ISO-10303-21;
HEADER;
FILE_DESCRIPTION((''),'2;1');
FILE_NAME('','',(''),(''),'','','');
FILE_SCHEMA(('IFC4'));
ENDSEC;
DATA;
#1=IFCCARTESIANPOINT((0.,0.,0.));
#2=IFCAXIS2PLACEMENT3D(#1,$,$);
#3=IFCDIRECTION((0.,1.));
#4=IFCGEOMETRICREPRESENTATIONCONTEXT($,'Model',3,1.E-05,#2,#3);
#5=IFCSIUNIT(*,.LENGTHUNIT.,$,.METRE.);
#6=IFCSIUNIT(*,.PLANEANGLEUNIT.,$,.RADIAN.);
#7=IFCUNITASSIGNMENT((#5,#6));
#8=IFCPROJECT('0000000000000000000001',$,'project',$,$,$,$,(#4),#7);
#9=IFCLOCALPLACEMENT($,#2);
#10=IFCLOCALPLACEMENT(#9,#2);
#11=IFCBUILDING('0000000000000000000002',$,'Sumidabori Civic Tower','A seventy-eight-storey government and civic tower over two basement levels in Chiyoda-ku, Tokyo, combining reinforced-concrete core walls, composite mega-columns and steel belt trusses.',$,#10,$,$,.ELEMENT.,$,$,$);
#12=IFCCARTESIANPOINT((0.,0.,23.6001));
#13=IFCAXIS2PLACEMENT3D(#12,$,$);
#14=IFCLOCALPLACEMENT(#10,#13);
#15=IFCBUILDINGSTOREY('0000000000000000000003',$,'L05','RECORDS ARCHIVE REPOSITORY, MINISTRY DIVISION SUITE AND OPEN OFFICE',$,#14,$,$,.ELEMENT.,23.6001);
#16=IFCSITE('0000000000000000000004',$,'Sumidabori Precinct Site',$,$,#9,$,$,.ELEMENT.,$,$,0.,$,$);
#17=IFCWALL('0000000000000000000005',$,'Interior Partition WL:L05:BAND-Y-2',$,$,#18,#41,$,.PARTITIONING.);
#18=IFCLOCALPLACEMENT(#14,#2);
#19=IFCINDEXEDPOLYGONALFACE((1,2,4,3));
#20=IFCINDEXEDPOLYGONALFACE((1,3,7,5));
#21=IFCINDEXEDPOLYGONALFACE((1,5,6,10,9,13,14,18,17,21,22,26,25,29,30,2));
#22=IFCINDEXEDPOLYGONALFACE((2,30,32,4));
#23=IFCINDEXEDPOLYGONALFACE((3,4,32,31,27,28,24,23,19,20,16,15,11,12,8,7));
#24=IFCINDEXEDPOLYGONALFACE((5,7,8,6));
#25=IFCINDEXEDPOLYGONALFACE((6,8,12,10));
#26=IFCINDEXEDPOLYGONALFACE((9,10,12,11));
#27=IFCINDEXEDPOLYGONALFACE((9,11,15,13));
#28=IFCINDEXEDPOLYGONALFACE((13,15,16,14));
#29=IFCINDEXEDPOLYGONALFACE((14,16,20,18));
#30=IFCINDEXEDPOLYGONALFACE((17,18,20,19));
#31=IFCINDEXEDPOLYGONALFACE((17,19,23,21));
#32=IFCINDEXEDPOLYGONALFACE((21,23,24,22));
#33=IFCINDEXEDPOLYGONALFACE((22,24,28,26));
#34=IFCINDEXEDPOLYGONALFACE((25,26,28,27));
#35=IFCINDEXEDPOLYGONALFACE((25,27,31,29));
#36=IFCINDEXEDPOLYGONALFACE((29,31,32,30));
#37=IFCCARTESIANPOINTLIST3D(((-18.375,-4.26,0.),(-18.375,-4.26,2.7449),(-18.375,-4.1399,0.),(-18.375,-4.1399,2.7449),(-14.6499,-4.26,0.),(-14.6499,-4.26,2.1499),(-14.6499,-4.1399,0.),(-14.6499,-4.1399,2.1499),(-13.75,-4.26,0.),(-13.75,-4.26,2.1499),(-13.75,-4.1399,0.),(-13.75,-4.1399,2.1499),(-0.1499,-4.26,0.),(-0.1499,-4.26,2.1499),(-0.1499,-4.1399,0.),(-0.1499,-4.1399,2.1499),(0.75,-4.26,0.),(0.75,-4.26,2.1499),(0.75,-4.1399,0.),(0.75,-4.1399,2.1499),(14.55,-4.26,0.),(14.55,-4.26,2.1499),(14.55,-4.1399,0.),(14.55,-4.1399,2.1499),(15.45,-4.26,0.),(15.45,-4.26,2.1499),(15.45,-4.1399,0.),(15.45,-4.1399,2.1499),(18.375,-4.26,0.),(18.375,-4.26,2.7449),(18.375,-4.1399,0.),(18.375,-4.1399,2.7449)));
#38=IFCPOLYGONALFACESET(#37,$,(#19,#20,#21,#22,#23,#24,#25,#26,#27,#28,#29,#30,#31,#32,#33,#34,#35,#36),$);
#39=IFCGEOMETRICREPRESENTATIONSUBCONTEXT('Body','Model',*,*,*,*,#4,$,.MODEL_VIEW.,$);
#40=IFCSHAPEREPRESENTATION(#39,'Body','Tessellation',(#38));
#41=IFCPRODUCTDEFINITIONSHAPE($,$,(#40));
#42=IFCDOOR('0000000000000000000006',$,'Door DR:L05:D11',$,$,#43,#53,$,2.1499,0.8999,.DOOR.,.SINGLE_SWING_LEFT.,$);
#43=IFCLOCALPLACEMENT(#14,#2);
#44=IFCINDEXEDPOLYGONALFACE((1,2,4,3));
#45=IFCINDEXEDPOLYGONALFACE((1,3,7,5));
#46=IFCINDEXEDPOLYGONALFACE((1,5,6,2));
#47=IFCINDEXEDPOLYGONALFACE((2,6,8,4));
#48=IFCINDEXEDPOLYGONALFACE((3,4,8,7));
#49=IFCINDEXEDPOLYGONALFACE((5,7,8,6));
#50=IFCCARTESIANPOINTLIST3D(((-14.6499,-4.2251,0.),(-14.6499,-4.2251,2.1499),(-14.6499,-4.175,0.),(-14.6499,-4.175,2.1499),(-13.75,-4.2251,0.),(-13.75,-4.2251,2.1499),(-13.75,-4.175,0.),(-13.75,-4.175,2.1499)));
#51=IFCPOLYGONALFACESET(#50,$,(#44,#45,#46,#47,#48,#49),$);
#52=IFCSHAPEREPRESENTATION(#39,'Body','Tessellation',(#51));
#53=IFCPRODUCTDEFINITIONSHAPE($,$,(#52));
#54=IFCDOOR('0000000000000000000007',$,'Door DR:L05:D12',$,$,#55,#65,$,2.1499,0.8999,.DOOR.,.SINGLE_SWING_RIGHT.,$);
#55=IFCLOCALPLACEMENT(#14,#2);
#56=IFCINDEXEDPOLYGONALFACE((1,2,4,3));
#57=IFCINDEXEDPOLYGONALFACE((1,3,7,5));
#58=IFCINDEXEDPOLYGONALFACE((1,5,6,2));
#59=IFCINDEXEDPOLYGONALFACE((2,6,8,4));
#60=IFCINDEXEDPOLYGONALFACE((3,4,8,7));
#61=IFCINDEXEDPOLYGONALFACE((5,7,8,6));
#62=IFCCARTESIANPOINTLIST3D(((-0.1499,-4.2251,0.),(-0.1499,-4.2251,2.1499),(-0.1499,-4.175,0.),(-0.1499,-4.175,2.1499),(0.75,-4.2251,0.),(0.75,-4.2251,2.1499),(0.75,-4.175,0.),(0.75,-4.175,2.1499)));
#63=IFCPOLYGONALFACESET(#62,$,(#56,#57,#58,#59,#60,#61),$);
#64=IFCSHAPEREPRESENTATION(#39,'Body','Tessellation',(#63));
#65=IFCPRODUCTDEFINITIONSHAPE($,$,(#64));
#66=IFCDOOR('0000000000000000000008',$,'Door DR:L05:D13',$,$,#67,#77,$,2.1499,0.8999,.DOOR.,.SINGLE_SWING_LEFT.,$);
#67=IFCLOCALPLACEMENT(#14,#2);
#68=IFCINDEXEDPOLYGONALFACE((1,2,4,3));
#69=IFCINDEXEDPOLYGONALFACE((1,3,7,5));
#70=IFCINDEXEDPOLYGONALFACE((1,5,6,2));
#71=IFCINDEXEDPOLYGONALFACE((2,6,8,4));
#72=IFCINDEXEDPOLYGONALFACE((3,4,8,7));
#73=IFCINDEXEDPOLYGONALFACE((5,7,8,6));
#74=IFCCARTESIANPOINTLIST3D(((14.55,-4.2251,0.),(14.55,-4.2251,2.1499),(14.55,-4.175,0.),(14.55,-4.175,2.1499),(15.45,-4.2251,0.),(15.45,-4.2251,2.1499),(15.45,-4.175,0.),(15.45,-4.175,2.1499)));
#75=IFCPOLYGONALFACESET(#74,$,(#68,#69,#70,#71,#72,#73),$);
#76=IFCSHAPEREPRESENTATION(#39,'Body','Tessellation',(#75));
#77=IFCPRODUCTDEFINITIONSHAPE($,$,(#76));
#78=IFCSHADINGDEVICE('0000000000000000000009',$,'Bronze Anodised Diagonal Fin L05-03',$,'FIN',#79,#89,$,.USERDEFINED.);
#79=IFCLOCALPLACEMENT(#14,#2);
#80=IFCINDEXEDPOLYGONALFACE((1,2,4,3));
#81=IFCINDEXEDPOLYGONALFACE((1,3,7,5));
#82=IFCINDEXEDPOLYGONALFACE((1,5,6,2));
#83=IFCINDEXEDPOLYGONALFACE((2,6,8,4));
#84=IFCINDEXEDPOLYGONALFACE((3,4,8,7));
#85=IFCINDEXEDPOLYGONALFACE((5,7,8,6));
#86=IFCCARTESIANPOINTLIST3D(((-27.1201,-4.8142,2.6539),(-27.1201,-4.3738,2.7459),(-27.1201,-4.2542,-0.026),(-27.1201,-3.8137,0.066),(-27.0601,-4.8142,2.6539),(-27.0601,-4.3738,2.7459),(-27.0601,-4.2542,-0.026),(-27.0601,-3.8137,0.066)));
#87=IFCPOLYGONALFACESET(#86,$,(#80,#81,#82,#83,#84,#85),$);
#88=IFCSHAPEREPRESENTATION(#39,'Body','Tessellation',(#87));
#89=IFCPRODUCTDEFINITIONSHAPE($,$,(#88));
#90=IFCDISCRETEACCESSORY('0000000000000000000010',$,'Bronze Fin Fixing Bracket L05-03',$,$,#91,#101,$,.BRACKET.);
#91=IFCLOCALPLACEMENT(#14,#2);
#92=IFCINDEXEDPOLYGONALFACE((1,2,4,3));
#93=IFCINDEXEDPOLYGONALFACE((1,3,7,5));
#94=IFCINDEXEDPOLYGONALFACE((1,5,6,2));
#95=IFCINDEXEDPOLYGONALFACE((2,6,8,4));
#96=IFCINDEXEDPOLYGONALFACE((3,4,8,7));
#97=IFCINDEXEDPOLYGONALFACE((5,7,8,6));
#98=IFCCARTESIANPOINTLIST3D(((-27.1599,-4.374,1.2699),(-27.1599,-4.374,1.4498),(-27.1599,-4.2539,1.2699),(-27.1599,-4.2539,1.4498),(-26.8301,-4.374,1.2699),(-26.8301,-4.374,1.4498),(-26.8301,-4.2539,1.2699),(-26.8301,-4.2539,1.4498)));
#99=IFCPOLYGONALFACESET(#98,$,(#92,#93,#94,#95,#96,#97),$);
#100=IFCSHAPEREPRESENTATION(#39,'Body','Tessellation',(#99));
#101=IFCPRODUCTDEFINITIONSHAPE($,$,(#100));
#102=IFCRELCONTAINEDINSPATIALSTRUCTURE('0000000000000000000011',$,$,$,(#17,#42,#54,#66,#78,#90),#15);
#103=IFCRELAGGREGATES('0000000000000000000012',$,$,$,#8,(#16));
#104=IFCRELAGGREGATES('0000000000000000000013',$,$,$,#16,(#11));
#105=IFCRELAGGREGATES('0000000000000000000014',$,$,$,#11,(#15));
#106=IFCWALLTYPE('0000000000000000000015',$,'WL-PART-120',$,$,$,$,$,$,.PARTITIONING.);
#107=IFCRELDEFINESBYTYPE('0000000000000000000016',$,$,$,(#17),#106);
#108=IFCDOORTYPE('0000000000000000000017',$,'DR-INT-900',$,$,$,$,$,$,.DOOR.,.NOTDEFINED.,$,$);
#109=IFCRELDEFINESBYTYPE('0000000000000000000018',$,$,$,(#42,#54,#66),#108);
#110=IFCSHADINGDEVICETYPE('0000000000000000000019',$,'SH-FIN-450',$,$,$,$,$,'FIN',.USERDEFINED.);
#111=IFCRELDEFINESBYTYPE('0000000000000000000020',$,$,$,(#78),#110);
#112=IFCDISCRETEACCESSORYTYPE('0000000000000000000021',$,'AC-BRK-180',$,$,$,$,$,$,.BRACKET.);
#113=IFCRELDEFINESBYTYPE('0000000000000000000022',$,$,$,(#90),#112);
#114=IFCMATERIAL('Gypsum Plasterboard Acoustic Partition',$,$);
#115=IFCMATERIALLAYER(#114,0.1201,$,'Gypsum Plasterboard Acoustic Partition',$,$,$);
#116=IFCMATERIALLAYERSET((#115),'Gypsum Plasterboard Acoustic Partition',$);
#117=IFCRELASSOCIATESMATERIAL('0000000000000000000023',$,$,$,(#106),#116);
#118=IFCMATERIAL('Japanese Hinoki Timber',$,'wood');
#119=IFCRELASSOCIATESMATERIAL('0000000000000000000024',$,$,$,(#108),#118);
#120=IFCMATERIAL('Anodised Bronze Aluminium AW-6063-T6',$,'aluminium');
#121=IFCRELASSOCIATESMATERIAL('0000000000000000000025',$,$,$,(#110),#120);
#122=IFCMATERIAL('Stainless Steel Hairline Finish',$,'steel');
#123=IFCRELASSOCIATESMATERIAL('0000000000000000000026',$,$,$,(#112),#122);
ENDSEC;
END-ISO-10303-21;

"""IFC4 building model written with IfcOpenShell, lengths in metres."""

from ifc_helpers import new_model, si_unit, direction, frame, frame_2d, origin, origin_2d, place, context, subcontext, project, spatial, rectangle, extrude, source, transform, mapped, material, layer, layer_set, material_profile, profile_set, type_object, element, fill, save


model = new_model("IFC4")

# Units and contexts
model_context = context("Model", 3, precision=1e-05, world=origin(), true_north=direction((0.0, 1.0)))
body_context = subcontext(model_context, "Body", "Model", "MODEL_VIEW")
ifc_project = project(units=[si_unit("LENGTHUNIT", "METRE"), si_unit("PLANEANGLEUNIT", "RADIAN")], contexts=[model_context])

# Site, building, storey
site_placement = place(None, origin())
site = spatial("IfcSite", under=ifc_project, at=site_placement, Name="Sumidabori Precinct Site", CompositionType="ELEMENT", RefElevation=0.0)
building_placement = place(site_placement, origin())
building = spatial("IfcBuilding", under=site, at=building_placement, Name="Sumidabori Civic Tower", Description="A seventy-eight-storey government and civic tower over two basement levels in Chiyoda-ku, Tokyo, combining reinforced-concrete core walls, composite mega-columns and steel belt trusses.", CompositionType="ELEMENT")
storey_placement = place(building_placement, frame((0.0, 0.0, 23.6001)))
storey = spatial("IfcBuildingStorey", under=building, at=storey_placement, Name="L05", Description="RECORDS ARCHIVE REPOSITORY, MINISTRY DIVISION SUITE AND OPEN OFFICE", CompositionType="ELEMENT", Elevation=23.6001)

# Shared definitions
ifc_material_1 = material(Name="Anodised Bronze Aluminium AW-6063-T6", Category="aluminium")

# Shared definitions
ifc_material_2 = material(Name="Gypsum Plasterboard Acoustic Partition")
ifc_layer_1 = layer(ifc_material_2, 0.1201, Name="Gypsum Plasterboard Acoustic Partition")
ifc_layer_set_1 = layer_set([ifc_layer_1], Name="Gypsum Plasterboard Acoustic Partition")
wall_type = type_object("IfcWallType", Name="WL-PART-120", PredefinedType="PARTITIONING", material=ifc_layer_set_1)

# Wall, openings, doors
shared_shape_1 = source(origin(), body_context, "Body", "SweptSolid", [
    extrude(rectangle(XDim=36.75, YDim=0.1201, at=frame_2d((18.375, 0.0))), origin(), (0.0, 0.0, 1.0), 2.7449),
])
wall_1_placement = place(storey_placement, frame((-18.375, -4.2, 0.0), z_axis=(0.0, 0.0, 1.0), x_axis=(1.0, 0.0, 0.0)))
wall_1 = element("IfcWall", 1, at=wall_1_placement, inside=storey, type_object=wall_type, Name="Interior Partition WL:L05:BAND-Y-2", PredefinedType="PARTITIONING", context=body_context, shape_type="MappedRepresentation", body=[
    mapped(shared_shape_1, transform((0.0, 0.0, 0.0), x_axis=(1.0, 0.0, 0.0), y_axis=(0.0, 1.0, 0.0), z_axis=(0.0, 0.0, 1.0), scale=1.0)),
])
opening_1_placement = place(wall_1_placement, frame((3.7251, 0.0, 0.0)))
opening_1 = element("IfcOpeningElement", 2, at=opening_1_placement, cuts=wall_1, PredefinedType="OPENING", context=body_context, shape_type="SweptSolid", body=[
    extrude(rectangle(XDim=0.8999, YDim=2.1499, at=frame_2d((0.45, 1.075))), frame((0.0, 0.072, 0.0), z_axis=(0.0, -1.0, 0.0), x_axis=(1.0, 0.0, 0.0)), (0.0, 0.0, 1.0), 0.144),
])
opening_2_placement = place(wall_1_placement, frame((18.2251, 0.0, 0.0)))
opening_2 = element("IfcOpeningElement", 3, at=opening_2_placement, cuts=wall_1, PredefinedType="OPENING", context=body_context, shape_type="SweptSolid", body=[
    extrude(rectangle(XDim=0.8999, YDim=2.1499, at=frame_2d((0.45, 1.075))), frame((0.0, 0.072, 0.0), z_axis=(0.0, -1.0, 0.0), x_axis=(1.0, 0.0, 0.0)), (0.0, 0.0, 1.0), 0.144),
])
opening_3_placement = place(wall_1_placement, frame((32.925, 0.0, 0.0)))
opening_3 = element("IfcOpeningElement", 4, at=opening_3_placement, cuts=wall_1, PredefinedType="OPENING", context=body_context, shape_type="SweptSolid", body=[
    extrude(rectangle(XDim=0.8999, YDim=2.1499, at=frame_2d((0.45, 1.075))), frame((0.0, 0.072, 0.0), z_axis=(0.0, -1.0, 0.0), x_axis=(1.0, 0.0, 0.0)), (0.0, 0.0, 1.0), 0.144),
])
ifc_material_3 = material(Name="Japanese Hinoki Timber", Category="wood")
door_type = type_object("IfcDoorType", Name="DR-INT-900", OperationType="NOTDEFINED", PredefinedType="DOOR", material=ifc_material_3)
shared_shape_2 = source(origin(), body_context, "Body", "SweptSolid", [
    extrude(rectangle(XDim=0.8999, YDim=2.1499, at=frame_2d((0.45, 1.075))), frame((0.0, 0.0249, 0.0), z_axis=(0.0, -1.0, 0.0), x_axis=(1.0, 0.0, 0.0)), (0.0, 0.0, 1.0), 0.05),
])
door_1_placement = place(opening_1_placement, origin())
door_1 = element("IfcDoor", 5, at=door_1_placement, inside=storey, type_object=door_type, Name="Door DR:L05:D11", OperationType="SINGLE_SWING_LEFT", OverallHeight=2.1499, OverallWidth=0.8999, PredefinedType="DOOR", context=body_context, shape_type="MappedRepresentation", body=[
    mapped(shared_shape_2, transform((0.0, 0.0, 0.0), x_axis=(1.0, 0.0, 0.0), y_axis=(0.0, 1.0, 0.0), z_axis=(0.0, 0.0, 1.0), scale=1.0)),
])
fill(opening_1, door_1)
door_2_placement = place(opening_2_placement, origin())
door_2 = element("IfcDoor", 6, at=door_2_placement, inside=storey, type_object=door_type, Name="Door DR:L05:D12", OperationType="SINGLE_SWING_RIGHT", OverallHeight=2.1499, OverallWidth=0.8999, PredefinedType="DOOR", context=body_context, shape_type="MappedRepresentation", body=[
    mapped(shared_shape_2, transform((0.0, 0.0, 0.0), x_axis=(1.0, 0.0, 0.0), y_axis=(0.0, 1.0, 0.0), z_axis=(0.0, 0.0, 1.0), scale=1.0)),
])
fill(opening_2, door_2)
door_3_placement = place(opening_3_placement, origin())
door_3 = element("IfcDoor", 7, at=door_3_placement, inside=storey, type_object=door_type, Name="Door DR:L05:D13", OperationType="SINGLE_SWING_LEFT", OverallHeight=2.1499, OverallWidth=0.8999, PredefinedType="DOOR", context=body_context, shape_type="MappedRepresentation", body=[
    mapped(shared_shape_2, transform((0.0, 0.0, 0.0), x_axis=(1.0, 0.0, 0.0), y_axis=(0.0, 1.0, 0.0), z_axis=(0.0, 0.0, 1.0), scale=1.0)),
])
fill(opening_3, door_3)

# Shading device
ifc_material_profile_1 = material_profile(ifc_material_1, rectangle(XDim=0.0601, YDim=0.45, at=origin_2d()), Name="BRONZE FIN 450x60")
ifc_profile_set_1 = profile_set([ifc_material_profile_1], Name="Anodised Bronze Aluminium AW-6063-T6")
shading_device_type = type_object("IfcShadingDeviceType", Name="SH-FIN-450", ElementType="FIN", PredefinedType="USERDEFINED", material=ifc_profile_set_1)
shared_shape_3 = source(origin(), body_context, "Body", "SweptSolid", [
    extrude(rectangle(XDim=0.0601, YDim=0.45, at=origin_2d()), origin(), (0.0, 0.0, 1.0), 2.7378),
])
shading_device_placement = place(storey_placement, frame((-27.0901, -4.0339, 0.02), z_axis=(0.0, -0.204563, 0.978853), x_axis=(-1.0, 0.0, 0.0)))
element("IfcShadingDevice", 8, at=shading_device_placement, inside=storey, type_object=shading_device_type, Name="Bronze Anodised Diagonal Fin L05-03", ObjectType="FIN", PredefinedType="USERDEFINED", context=body_context, shape_type="MappedRepresentation", body=[
    mapped(shared_shape_3, transform((0.0, 0.0, 0.0), x_axis=(1.0, 0.0, 0.0), y_axis=(0.0, 1.0, 0.0), z_axis=(0.0, 0.0, 1.0), scale=1.0)),
])

# Discrete accessory
ifc_material_4 = material(Name="Stainless Steel Hairline Finish", Category="steel")
ifc_material_profile_2 = material_profile(ifc_material_4, rectangle(XDim=0.1201, YDim=0.1799, at=origin_2d()), Name="STEEL BRACKET 180x120")
ifc_profile_set_2 = profile_set([ifc_material_profile_2], Name="Stainless Steel Hairline Finish")
discrete_accessory_type = type_object("IfcDiscreteAccessoryType", Name="AC-BRK-180", PredefinedType="BRACKET", material=ifc_profile_set_2)
shared_shape_4 = source(origin(), body_context, "Body", "SweptSolid", [
    extrude(rectangle(XDim=0.1201, YDim=0.1799, at=origin_2d()), origin(), (0.0, 0.0, 1.0), 0.3298),
])
discrete_accessory_placement = place(storey_placement, frame((-26.8301, -4.314, 1.3599), z_axis=(-1.0, 0.0, 0.0), x_axis=(0.0, -1.0, 0.0)))
element("IfcDiscreteAccessory", 9, at=discrete_accessory_placement, inside=storey, type_object=discrete_accessory_type, Name="Bronze Fin Fixing Bracket L05-03", PredefinedType="BRACKET", context=body_context, shape_type="MappedRepresentation", body=[
    mapped(shared_shape_4, transform((0.0, 0.0, 0.0), x_axis=(1.0, 0.0, 0.0), y_axis=(0.0, 1.0, 0.0), z_axis=(0.0, 0.0, 1.0), scale=1.0)),
])

save(model, "model.ifc")
